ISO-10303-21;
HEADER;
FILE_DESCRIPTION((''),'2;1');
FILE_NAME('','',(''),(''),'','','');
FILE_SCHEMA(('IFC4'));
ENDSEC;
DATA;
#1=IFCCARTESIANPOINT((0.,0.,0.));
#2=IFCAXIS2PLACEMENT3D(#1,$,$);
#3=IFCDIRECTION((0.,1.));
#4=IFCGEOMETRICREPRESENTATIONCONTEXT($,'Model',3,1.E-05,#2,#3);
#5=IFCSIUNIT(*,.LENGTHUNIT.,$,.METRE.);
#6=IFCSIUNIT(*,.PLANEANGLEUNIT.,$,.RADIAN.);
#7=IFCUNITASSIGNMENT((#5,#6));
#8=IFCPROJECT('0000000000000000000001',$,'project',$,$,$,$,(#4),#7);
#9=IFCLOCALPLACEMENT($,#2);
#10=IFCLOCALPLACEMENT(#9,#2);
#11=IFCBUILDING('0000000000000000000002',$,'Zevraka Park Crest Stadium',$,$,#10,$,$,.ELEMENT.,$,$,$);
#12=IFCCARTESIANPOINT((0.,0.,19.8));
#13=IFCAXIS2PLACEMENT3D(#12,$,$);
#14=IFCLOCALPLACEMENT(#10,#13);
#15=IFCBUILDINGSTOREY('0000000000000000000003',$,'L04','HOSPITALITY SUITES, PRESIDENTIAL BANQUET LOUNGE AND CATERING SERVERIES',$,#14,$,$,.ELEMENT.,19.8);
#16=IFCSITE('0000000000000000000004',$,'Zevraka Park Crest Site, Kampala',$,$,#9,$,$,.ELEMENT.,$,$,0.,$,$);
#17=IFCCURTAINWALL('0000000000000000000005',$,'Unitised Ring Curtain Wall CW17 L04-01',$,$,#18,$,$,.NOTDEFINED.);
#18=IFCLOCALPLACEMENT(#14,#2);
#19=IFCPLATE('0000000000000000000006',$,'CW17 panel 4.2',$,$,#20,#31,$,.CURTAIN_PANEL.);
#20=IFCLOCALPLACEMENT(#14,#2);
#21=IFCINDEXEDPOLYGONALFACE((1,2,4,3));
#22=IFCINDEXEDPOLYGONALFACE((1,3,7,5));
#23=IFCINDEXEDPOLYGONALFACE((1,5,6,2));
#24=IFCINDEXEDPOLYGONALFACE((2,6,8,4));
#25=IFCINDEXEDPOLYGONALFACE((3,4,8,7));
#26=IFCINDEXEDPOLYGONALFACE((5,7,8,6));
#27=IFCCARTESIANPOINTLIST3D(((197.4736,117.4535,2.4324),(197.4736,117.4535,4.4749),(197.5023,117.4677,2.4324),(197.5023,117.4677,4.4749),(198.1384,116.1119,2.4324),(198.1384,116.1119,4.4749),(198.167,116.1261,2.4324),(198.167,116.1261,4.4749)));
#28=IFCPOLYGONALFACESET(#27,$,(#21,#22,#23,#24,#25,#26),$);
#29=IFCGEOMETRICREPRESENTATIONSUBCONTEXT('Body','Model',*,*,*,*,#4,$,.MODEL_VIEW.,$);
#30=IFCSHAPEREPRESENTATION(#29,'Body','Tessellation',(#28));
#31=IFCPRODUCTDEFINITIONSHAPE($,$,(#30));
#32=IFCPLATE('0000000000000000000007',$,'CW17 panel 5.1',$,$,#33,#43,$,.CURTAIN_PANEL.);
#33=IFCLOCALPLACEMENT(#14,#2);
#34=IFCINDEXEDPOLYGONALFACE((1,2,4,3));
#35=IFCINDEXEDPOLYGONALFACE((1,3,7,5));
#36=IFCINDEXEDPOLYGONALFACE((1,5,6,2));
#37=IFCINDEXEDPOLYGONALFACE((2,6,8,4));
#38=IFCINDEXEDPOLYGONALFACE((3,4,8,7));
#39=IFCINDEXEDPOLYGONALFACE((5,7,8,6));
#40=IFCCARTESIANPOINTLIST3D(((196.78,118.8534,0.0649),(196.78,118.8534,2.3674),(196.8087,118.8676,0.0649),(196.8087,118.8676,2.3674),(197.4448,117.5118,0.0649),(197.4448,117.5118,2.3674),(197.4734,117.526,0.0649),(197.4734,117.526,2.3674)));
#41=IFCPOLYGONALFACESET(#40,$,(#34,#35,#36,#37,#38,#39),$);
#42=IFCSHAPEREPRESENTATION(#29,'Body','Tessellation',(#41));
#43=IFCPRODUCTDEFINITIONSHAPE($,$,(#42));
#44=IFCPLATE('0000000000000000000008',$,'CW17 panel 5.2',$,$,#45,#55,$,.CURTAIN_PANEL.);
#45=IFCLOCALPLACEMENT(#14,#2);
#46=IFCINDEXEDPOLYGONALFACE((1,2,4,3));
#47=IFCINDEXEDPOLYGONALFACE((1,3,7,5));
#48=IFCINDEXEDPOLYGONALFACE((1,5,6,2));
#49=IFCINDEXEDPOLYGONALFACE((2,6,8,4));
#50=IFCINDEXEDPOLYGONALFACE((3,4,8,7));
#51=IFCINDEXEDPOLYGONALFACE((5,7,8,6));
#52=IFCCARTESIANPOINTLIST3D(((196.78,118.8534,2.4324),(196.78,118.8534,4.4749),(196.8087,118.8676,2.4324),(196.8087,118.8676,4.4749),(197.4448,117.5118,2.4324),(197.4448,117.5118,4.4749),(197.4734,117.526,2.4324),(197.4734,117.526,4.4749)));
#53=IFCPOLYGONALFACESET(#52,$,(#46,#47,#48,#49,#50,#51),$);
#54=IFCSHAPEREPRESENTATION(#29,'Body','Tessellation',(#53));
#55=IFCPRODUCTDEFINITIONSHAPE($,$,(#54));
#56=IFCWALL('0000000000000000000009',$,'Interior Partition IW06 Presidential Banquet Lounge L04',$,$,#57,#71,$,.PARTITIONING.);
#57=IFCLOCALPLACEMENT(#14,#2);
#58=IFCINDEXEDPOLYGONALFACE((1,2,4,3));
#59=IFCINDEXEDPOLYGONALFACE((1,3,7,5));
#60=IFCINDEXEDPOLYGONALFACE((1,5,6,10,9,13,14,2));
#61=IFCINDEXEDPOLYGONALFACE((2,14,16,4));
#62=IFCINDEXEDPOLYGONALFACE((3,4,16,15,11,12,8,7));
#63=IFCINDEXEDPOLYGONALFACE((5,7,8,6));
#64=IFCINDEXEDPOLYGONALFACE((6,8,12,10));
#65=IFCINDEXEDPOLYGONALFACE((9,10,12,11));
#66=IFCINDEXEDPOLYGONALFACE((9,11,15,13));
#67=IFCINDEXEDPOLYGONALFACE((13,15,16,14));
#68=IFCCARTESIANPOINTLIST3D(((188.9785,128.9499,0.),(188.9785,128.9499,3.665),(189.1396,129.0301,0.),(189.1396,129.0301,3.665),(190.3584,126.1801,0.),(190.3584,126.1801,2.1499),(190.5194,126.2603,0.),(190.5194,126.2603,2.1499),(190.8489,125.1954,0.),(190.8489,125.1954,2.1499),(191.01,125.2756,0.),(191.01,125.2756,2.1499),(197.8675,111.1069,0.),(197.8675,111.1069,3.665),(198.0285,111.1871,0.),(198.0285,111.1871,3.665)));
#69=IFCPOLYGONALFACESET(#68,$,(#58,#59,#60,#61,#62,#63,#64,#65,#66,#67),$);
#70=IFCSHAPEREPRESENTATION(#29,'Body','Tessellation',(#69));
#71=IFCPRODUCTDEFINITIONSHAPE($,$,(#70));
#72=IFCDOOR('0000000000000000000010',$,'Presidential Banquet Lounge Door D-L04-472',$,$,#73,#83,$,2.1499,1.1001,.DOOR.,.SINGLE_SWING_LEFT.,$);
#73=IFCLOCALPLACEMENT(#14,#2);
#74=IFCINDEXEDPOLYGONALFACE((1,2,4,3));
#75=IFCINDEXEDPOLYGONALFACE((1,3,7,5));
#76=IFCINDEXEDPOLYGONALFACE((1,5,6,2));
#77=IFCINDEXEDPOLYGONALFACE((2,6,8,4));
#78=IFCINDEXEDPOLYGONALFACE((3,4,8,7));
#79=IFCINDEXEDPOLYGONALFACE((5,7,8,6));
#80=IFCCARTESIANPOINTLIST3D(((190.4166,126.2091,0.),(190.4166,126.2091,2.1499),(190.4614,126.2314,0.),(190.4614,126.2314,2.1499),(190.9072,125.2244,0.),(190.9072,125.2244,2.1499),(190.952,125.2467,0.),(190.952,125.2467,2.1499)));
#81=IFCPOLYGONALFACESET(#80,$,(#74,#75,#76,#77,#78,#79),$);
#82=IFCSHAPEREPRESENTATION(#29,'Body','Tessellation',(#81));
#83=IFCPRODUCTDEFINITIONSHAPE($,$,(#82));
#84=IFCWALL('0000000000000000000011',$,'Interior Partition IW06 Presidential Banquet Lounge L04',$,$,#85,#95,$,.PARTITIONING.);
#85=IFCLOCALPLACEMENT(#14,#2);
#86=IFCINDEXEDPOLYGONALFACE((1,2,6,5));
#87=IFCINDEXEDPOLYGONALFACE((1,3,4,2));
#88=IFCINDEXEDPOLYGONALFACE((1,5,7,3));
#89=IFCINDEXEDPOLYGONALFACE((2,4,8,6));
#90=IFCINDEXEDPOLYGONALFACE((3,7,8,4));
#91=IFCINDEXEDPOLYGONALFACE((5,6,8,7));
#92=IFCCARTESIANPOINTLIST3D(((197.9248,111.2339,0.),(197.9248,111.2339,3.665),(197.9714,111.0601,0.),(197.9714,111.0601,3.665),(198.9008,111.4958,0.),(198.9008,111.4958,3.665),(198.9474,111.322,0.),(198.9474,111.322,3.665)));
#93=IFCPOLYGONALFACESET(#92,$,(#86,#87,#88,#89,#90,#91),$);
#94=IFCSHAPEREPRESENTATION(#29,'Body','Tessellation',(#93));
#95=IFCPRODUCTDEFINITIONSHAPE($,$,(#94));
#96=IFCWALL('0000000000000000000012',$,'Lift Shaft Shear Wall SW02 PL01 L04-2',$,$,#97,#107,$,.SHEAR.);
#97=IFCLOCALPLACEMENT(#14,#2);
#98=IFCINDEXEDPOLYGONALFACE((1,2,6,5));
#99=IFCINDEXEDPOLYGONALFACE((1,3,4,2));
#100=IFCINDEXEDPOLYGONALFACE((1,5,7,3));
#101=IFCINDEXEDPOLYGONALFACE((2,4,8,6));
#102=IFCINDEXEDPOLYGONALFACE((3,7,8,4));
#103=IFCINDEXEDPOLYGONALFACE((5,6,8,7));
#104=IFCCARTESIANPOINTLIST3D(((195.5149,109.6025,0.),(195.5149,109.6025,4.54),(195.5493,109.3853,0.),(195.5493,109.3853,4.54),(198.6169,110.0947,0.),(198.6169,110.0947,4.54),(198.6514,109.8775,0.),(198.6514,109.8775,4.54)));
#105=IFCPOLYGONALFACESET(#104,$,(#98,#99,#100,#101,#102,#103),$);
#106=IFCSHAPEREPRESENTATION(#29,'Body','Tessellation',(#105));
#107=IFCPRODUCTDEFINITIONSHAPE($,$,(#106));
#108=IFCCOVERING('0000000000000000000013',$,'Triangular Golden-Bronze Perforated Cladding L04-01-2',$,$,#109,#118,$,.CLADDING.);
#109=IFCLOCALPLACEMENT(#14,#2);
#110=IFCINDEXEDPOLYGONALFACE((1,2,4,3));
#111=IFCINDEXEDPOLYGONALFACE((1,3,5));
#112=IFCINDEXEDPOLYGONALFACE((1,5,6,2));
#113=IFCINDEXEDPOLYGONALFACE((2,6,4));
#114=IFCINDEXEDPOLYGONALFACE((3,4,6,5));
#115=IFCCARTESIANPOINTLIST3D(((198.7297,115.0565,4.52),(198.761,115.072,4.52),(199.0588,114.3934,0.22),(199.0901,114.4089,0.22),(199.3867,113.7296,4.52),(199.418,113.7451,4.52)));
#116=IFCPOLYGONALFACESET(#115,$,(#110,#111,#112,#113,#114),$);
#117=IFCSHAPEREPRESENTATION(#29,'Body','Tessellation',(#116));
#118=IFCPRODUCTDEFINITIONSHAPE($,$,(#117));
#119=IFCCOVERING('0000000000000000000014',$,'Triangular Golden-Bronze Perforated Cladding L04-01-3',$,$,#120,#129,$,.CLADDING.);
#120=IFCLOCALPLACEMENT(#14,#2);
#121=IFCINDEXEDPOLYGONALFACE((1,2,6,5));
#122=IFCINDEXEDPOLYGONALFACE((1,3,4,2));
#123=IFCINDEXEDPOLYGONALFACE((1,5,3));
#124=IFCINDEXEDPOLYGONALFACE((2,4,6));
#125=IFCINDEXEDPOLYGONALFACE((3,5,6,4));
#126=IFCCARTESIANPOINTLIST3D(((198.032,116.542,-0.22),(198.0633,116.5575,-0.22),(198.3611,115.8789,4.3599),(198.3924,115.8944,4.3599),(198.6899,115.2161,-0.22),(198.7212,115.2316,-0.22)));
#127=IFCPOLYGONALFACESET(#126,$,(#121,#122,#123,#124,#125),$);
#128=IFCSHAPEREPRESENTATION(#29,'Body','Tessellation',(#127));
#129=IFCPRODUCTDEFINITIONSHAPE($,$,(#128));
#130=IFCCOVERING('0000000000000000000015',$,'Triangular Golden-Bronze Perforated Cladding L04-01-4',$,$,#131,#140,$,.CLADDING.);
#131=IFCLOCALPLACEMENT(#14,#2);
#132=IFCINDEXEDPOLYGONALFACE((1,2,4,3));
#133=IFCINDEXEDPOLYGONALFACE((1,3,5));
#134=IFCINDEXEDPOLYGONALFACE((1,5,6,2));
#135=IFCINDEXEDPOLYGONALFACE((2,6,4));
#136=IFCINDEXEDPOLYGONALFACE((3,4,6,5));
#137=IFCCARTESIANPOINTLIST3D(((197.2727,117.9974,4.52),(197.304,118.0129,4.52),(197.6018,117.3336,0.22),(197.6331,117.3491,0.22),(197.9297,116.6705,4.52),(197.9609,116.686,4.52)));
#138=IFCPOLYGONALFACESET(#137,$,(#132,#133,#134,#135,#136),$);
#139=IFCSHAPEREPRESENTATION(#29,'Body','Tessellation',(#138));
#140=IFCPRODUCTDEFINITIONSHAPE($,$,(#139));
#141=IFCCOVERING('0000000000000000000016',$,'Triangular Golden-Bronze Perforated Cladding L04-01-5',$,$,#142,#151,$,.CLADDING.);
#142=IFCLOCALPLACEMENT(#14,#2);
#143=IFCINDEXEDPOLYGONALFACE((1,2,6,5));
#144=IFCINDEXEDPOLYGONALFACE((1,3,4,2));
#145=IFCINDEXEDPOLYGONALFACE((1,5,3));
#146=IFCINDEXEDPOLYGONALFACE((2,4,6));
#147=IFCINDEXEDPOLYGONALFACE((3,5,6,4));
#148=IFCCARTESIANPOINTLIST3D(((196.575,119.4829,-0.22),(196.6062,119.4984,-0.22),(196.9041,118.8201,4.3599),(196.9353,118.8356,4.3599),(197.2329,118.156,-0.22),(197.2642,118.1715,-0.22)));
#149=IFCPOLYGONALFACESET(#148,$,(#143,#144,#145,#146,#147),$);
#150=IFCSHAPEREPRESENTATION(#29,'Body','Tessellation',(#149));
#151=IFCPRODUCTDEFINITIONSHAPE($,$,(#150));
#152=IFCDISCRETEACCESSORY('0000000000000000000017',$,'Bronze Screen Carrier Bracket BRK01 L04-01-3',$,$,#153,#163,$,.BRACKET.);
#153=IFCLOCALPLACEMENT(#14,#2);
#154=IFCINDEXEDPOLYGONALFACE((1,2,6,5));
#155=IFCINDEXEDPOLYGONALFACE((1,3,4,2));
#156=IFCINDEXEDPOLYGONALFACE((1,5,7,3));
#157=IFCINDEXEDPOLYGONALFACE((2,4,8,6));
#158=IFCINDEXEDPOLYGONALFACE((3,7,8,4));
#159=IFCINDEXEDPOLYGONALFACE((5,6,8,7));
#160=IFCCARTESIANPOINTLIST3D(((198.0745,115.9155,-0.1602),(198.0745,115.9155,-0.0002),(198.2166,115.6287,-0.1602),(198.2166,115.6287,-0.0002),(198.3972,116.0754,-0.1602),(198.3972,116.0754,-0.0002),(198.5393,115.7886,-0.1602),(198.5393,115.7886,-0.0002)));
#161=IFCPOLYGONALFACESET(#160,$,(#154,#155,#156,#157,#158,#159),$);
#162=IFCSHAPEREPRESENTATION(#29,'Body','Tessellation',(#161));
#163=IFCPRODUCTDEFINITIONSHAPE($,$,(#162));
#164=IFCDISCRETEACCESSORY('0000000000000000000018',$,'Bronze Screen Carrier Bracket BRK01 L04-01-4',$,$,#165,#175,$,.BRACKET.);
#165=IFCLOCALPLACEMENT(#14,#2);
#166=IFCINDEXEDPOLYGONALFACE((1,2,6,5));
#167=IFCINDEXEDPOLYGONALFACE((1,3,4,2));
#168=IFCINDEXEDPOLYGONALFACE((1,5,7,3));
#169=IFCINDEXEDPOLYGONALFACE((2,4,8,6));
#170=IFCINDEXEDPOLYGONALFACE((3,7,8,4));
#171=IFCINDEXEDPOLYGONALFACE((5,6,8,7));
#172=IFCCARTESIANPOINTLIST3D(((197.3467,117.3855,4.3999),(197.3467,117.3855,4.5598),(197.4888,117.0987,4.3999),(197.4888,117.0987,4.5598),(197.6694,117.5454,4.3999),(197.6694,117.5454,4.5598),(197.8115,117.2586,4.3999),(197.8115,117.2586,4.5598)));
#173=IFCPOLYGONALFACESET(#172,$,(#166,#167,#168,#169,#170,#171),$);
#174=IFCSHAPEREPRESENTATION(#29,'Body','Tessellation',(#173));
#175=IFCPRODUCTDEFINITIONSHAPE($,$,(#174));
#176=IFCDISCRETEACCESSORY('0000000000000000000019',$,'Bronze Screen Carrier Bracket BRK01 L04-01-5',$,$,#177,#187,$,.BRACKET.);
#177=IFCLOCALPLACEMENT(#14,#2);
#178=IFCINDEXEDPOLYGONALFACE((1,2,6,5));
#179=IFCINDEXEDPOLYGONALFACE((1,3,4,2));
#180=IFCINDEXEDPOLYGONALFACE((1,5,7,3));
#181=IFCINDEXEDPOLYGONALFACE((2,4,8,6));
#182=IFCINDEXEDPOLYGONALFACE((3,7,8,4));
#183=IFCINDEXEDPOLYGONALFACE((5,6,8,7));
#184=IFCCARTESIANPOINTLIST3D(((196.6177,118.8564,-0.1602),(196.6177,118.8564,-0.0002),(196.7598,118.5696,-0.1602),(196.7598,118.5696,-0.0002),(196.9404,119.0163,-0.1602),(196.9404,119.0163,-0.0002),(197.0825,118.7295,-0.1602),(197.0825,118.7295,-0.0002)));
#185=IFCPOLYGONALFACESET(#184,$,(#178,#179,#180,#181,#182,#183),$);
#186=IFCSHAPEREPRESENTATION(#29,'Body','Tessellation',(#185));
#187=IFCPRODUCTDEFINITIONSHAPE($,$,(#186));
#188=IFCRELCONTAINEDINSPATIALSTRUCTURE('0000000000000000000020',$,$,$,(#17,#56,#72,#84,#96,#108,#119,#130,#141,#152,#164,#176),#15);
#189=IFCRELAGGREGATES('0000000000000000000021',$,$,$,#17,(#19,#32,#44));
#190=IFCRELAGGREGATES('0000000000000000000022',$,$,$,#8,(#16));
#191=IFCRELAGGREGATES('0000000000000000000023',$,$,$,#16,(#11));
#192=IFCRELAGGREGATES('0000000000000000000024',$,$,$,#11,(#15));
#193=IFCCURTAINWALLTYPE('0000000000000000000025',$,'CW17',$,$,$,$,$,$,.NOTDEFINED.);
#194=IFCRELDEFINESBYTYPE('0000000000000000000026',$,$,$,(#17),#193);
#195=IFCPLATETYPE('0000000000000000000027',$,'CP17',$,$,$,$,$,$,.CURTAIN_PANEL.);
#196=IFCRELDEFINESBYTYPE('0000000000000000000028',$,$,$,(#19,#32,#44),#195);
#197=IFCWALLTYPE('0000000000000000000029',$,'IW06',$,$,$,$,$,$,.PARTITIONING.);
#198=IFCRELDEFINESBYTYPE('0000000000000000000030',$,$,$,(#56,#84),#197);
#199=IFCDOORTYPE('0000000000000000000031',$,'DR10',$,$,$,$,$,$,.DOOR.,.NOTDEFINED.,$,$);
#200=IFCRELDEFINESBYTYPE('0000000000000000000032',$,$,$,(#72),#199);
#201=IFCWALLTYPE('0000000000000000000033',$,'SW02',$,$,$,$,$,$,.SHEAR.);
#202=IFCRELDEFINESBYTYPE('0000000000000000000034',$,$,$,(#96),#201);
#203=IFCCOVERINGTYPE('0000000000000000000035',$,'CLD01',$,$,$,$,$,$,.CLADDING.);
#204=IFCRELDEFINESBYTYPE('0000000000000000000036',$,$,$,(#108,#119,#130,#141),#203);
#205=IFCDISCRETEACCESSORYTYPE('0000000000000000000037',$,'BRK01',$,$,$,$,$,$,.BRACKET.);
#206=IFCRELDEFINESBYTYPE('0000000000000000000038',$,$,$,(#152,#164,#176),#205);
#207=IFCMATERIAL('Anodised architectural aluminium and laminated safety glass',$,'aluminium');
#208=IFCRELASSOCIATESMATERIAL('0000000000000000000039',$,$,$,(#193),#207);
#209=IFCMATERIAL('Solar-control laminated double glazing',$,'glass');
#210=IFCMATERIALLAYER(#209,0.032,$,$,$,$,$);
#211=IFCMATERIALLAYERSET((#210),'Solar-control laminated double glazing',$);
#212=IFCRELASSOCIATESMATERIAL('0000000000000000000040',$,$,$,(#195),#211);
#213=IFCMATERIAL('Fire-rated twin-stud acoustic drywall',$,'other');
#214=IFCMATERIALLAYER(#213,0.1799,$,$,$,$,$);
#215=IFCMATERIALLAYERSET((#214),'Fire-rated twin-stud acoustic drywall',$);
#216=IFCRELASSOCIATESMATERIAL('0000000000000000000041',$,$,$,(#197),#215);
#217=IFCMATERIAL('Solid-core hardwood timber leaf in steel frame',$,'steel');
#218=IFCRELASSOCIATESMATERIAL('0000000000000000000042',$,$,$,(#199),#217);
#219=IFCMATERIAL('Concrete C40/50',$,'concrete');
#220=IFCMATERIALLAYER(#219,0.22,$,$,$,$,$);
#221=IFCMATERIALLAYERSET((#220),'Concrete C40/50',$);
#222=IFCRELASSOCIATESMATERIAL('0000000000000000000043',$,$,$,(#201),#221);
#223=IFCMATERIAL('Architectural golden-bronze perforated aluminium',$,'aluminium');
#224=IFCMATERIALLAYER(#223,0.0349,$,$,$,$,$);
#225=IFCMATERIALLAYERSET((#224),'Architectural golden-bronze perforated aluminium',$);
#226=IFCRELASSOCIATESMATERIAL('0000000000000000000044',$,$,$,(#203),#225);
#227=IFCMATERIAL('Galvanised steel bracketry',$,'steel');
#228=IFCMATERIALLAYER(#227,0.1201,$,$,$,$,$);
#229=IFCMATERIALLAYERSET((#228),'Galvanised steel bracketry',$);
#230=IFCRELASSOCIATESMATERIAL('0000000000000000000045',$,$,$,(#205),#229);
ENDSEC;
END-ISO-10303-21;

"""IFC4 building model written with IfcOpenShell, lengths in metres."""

from ifc_helpers import new_model, si_unit, direction, frame, frame_2d, origin, origin_2d, place, context, subcontext, project, spatial, polyline, rectangle, outline, extrude, material, layer, layer_set, type_object, element, fill, aggregate, save


model = new_model("IFC4")

# Units and contexts
model_context = context("Model", 3, precision=1e-05, world=origin(), true_north=direction((0.0, 1.0)))
body_context = subcontext(model_context, "Body", "Model", "MODEL_VIEW")
ifc_project = project(units=[si_unit("LENGTHUNIT", "METRE"), si_unit("PLANEANGLEUNIT", "RADIAN")], contexts=[model_context])

# Site, building, storey
site_placement = place(None, origin())
site = spatial("IfcSite", under=ifc_project, at=site_placement, Name="Zevraka Park Crest Site, Kampala", CompositionType="ELEMENT", RefElevation=0.0)
building_placement = place(site_placement, origin())
building = spatial("IfcBuilding", under=site, at=building_placement, Name="Zevraka Park Crest Stadium", CompositionType="ELEMENT")
storey_placement = place(building_placement, frame((0.0, 0.0, 19.8)))
storey = spatial("IfcBuildingStorey", under=building, at=storey_placement, Name="L04", Description="HOSPITALITY SUITES, PRESIDENTIAL BANQUET LOUNGE AND CATERING SERVERIES", CompositionType="ELEMENT", Elevation=19.8)

# Curtain wall, plates
ifc_material_1 = material(Name="Anodised architectural aluminium and laminated safety glass", Category="aluminium")
curtain_wall_type = type_object("IfcCurtainWallType", Name="CW17", PredefinedType="NOTDEFINED", material=ifc_material_1)
curtain_wall_placement = place(storey_placement, origin())
curtain_wall = element("IfcCurtainWall", 1, at=curtain_wall_placement, inside=storey, type_object=curtain_wall_type, Name="Unitised Ring Curtain Wall CW17 L04-01", PredefinedType="NOTDEFINED")
ifc_material_2 = material(Name="Solar-control laminated double glazing", Category="glass")
ifc_layer_1 = layer(ifc_material_2, 0.032)
ifc_layer_set_1 = layer_set([ifc_layer_1], Name="Solar-control laminated double glazing")
plate_type = type_object("IfcPlateType", Name="CP17", PredefinedType="CURTAIN_PANEL", material=ifc_layer_set_1)
plate_1_placement = place(storey_placement, frame((197.8203, 116.7898, 2.4324), z_axis=(0.0, 0.0, 1.0), x_axis=(-0.443961, 0.896046, 0.0)))
plate_1 = element("IfcPlate", 2, at=plate_1_placement, type_object=plate_type, Name="CW17 panel 4.2", PredefinedType="CURTAIN_PANEL", context=body_context, shape_type="SweptSolid", body=[
    extrude(rectangle(XDim=1.4973, YDim=0.032, at=origin_2d()), origin(), (0.0, 0.0, 1.0), 2.0425),
])
plate_2_placement = place(storey_placement, frame((197.1267, 118.1897, 0.0649), z_axis=(0.0, 0.0, 1.0), x_axis=(-0.443961, 0.896046, 0.0)))
plate_2 = element("IfcPlate", 3, at=plate_2_placement, type_object=plate_type, Name="CW17 panel 5.1", PredefinedType="CURTAIN_PANEL", context=body_context, shape_type="SweptSolid", body=[
    extrude(rectangle(XDim=1.4973, YDim=0.032, at=origin_2d()), origin(), (0.0, 0.0, 1.0), 2.3025),
])
plate_3_placement = place(storey_placement, frame((197.1267, 118.1897, 2.4324), z_axis=(0.0, 0.0, 1.0), x_axis=(-0.443961, 0.896046, 0.0)))
plate_3 = element("IfcPlate", 4, at=plate_3_placement, type_object=plate_type, Name="CW17 panel 5.2", PredefinedType="CURTAIN_PANEL", context=body_context, shape_type="SweptSolid", body=[
    extrude(rectangle(XDim=1.4973, YDim=0.032, at=origin_2d()), origin(), (0.0, 0.0, 1.0), 2.0425),
])
aggregate(curtain_wall, [plate_1, plate_2, plate_3])

# Wall, opening, door
ifc_material_3 = material(Name="Fire-rated twin-stud acoustic drywall", Category="other")
ifc_layer_2 = layer(ifc_material_3, 0.1799)
ifc_layer_set_2 = layer_set([ifc_layer_2], Name="Fire-rated twin-stud acoustic drywall")
wall_type_1 = type_object("IfcWallType", Name="IW06", PredefinedType="PARTITIONING", material=ifc_layer_set_2)
wall_1_placement = place(storey_placement, frame((197.948, 111.147, 0.0), z_axis=(0.0, 0.0, 1.0), x_axis=(-0.445905, 0.89508, 0.0)))
wall_1 = element("IfcWall", 5, at=wall_1_placement, inside=storey, type_object=wall_type_1, Name="Interior Partition IW06 Presidential Banquet Lounge L04", PredefinedType="PARTITIONING", context=body_context, shape_type="SweptSolid", body=[
    extrude(rectangle(XDim=19.9346, YDim=0.1799, at=frame_2d((9.9673, 0.0))), origin(), (0.0, 0.0, 1.0), 3.665),
])
opening_placement = place(wall_1_placement, frame((15.74, 0.0, 0.0)))
opening = element("IfcOpeningElement", 6, at=opening_placement, cuts=wall_1, PredefinedType="OPENING", context=body_context, shape_type="SweptSolid", body=[
    extrude(rectangle(XDim=1.1001, YDim=2.1499, at=frame_2d((0.55, 1.075))), frame((0.0, 0.0999, 0.0), z_axis=(0.0, -1.0, 0.0), x_axis=(1.0, 0.0, 0.0)), (0.0, 0.0, 1.0), 0.2),
])
ifc_material_4 = material(Name="Solid-core hardwood timber leaf in steel frame", Category="steel")
door_type = type_object("IfcDoorType", Name="DR10", OperationType="NOTDEFINED", PredefinedType="DOOR", material=ifc_material_4)
door_placement = place(opening_placement, origin())
door = element("IfcDoor", 7, at=door_placement, inside=storey, type_object=door_type, Name="Presidential Banquet Lounge Door D-L04-472", OperationType="SINGLE_SWING_LEFT", OverallHeight=2.1499, OverallWidth=1.1001, PredefinedType="DOOR", context=body_context, shape_type="SweptSolid", body=[
    extrude(rectangle(XDim=1.1001, YDim=2.1499, at=frame_2d((0.55, 1.075))), frame((0.0, 0.0249, 0.0), z_axis=(0.0, -1.0, 0.0), x_axis=(1.0, 0.0, 0.0)), (0.0, 0.0, 1.0), 0.05),
])
fill(opening, door)

# Walls
wall_2_placement = place(storey_placement, frame((197.948, 111.147, 0.0), z_axis=(0.0, 0.0, 1.0), x_axis=(0.965821, 0.259211, 0.0)))
element("IfcWall", 8, at=wall_2_placement, inside=storey, type_object=wall_type_1, Name="Interior Partition IW06 Presidential Banquet Lounge L04", PredefinedType="PARTITIONING", context=body_context, shape_type="SweptSolid", body=[
    extrude(rectangle(XDim=1.0105, YDim=0.1799, at=frame_2d((0.5054, 0.0))), origin(), (0.0, 0.0, 1.0), 3.665),
])
ifc_material_5 = material(Name="Concrete C40/50", Category="concrete")
ifc_layer_3 = layer(ifc_material_5, 0.22)
ifc_layer_set_3 = layer_set([ifc_layer_3], Name="Concrete C40/50")
wall_type_2 = type_object("IfcWallType", Name="SW02", PredefinedType="SHEAR", material=ifc_layer_set_3)
wall_3_placement = place(storey_placement, frame((198.634, 109.9861, 0.0), z_axis=(0.0, 0.0, 1.0), x_axis=(-0.987645, -0.156705, 0.0)))
element("IfcWall", 9, at=wall_3_placement, inside=storey, type_object=wall_type_2, Name="Lift Shaft Shear Wall SW02 PL01 L04-2", PredefinedType="SHEAR", context=body_context, shape_type="SweptSolid", body=[
    extrude(rectangle(XDim=3.1409, YDim=0.22, at=frame_2d((1.5703, 0.0))), origin(), (0.0, 0.0, 1.0), 4.54),
])

# Coverings
ifc_material_6 = material(Name="Architectural golden-bronze perforated aluminium", Category="aluminium")
ifc_layer_4 = layer(ifc_material_6, 0.0349)
ifc_layer_set_4 = layer_set([ifc_layer_4], Name="Architectural golden-bronze perforated aluminium")
covering_type = type_object("IfcCoveringType", Name="CLD01", PredefinedType="CLADDING", material=ifc_layer_set_4)
covering_1_placement = place(storey_placement, frame((198.761, 115.072, 4.52), z_axis=(0.896168, 0.443715, 0.000165), x_axis=(0.443715, -0.896168, 0.0)))
element("IfcCovering", 10, at=covering_1_placement, inside=storey, type_object=covering_type, Name="Triangular Golden-Bronze Perforated Cladding L04-01-2", PredefinedType="CLADDING", context=body_context, shape_type="SweptSolid", body=[
    extrude(outline(polyline([(0.0, 0.0), (1.4806, 0.0), (0.7403, 4.3), (0.0, 0.0)])), origin(), (0.0, 0.0, -1.0), 0.0349),
])
covering_2_placement = place(storey_placement, frame((198.6899, 115.2161, -0.22), z_axis=(-0.895776, -0.444507, 0.000012), x_axis=(-0.444507, 0.895776, 0.0)))
element("IfcCovering", 11, at=covering_2_placement, inside=storey, type_object=covering_type, Name="Triangular Golden-Bronze Perforated Cladding L04-01-3", PredefinedType="CLADDING", context=body_context, shape_type="SweptSolid", body=[
    extrude(outline(polyline([(0.0, 0.0), (1.4802, 0.0), (0.7399, -4.5798), (0.0, 0.0)])), origin(), (0.0, 0.0, -1.0), 0.0349),
])
covering_3_placement = place(storey_placement, frame((197.304, 118.0129, 4.52), z_axis=(0.896168, 0.443715, 0.000089), x_axis=(0.443715, -0.896168, 0.0)))
element("IfcCovering", 12, at=covering_3_placement, inside=storey, type_object=covering_type, Name="Triangular Golden-Bronze Perforated Cladding L04-01-4", PredefinedType="CLADDING", context=body_context, shape_type="SweptSolid", body=[
    extrude(outline(polyline([(0.0, 0.0), (1.4806, 0.0), (0.7409, 4.3), (0.0, 0.0)])), origin(), (0.0, 0.0, -1.0), 0.0349),
])
covering_4_placement = place(storey_placement, frame((197.2329, 118.156, -0.22), z_axis=(-0.895906, -0.444244, 0.000083), x_axis=(-0.444244, 0.895906, 0.0)))
element("IfcCovering", 13, at=covering_4_placement, inside=storey, type_object=covering_type, Name="Triangular Golden-Bronze Perforated Cladding L04-01-5", PredefinedType="CLADDING", context=body_context, shape_type="SweptSolid", body=[
    extrude(outline(polyline([(0.0, 0.0), (1.4811, 0.0), (0.741, -4.5798), (0.0, 0.0)])), origin(), (0.0, 0.0, -1.0), 0.0349),
])

# Discrete accessories
ifc_material_7 = material(Name="Galvanised steel bracketry", Category="steel")
ifc_layer_5 = layer(ifc_material_7, 0.1201)
ifc_layer_set_5 = layer_set([ifc_layer_5], Name="Galvanised steel bracketry")
discrete_accessory_type = type_object("IfcDiscreteAccessoryType", Name="BRK01", PredefinedType="BRACKET", material=ifc_layer_set_5)
for number, where, z_axis, x_axis, name in (
    (14, (198.3069, 115.8521, -0.1602), (0.0, 0.0, 1.0), (-0.44401, 0.896022, 0.0), "Bronze Screen Carrier Bracket BRK01 L04-01-3"),
    (15, (197.5791, 117.322, 4.3999), (0.0, 0.0, 1.0), (-0.44401, 0.896022, 0.0), "Bronze Screen Carrier Bracket BRK01 L04-01-4"),
    (16, (196.8501, 118.793, -0.1602), (0.0, 0.0, 1.0), (-0.44401, 0.896022, 0.0), "Bronze Screen Carrier Bracket BRK01 L04-01-5"),
):
    element("IfcDiscreteAccessory", number, at=place(storey_placement, frame(where, z_axis=z_axis, x_axis=x_axis)), inside=storey, type_object=discrete_accessory_type, Name=name, PredefinedType="BRACKET", context=body_context, shape_type="SweptSolid", body=[
        extrude(rectangle(XDim=0.3201, YDim=0.3601, at=origin_2d()), origin(), (0.0, 0.0, 1.0), 0.1599),
    ])

save(model, "model.ifc")
